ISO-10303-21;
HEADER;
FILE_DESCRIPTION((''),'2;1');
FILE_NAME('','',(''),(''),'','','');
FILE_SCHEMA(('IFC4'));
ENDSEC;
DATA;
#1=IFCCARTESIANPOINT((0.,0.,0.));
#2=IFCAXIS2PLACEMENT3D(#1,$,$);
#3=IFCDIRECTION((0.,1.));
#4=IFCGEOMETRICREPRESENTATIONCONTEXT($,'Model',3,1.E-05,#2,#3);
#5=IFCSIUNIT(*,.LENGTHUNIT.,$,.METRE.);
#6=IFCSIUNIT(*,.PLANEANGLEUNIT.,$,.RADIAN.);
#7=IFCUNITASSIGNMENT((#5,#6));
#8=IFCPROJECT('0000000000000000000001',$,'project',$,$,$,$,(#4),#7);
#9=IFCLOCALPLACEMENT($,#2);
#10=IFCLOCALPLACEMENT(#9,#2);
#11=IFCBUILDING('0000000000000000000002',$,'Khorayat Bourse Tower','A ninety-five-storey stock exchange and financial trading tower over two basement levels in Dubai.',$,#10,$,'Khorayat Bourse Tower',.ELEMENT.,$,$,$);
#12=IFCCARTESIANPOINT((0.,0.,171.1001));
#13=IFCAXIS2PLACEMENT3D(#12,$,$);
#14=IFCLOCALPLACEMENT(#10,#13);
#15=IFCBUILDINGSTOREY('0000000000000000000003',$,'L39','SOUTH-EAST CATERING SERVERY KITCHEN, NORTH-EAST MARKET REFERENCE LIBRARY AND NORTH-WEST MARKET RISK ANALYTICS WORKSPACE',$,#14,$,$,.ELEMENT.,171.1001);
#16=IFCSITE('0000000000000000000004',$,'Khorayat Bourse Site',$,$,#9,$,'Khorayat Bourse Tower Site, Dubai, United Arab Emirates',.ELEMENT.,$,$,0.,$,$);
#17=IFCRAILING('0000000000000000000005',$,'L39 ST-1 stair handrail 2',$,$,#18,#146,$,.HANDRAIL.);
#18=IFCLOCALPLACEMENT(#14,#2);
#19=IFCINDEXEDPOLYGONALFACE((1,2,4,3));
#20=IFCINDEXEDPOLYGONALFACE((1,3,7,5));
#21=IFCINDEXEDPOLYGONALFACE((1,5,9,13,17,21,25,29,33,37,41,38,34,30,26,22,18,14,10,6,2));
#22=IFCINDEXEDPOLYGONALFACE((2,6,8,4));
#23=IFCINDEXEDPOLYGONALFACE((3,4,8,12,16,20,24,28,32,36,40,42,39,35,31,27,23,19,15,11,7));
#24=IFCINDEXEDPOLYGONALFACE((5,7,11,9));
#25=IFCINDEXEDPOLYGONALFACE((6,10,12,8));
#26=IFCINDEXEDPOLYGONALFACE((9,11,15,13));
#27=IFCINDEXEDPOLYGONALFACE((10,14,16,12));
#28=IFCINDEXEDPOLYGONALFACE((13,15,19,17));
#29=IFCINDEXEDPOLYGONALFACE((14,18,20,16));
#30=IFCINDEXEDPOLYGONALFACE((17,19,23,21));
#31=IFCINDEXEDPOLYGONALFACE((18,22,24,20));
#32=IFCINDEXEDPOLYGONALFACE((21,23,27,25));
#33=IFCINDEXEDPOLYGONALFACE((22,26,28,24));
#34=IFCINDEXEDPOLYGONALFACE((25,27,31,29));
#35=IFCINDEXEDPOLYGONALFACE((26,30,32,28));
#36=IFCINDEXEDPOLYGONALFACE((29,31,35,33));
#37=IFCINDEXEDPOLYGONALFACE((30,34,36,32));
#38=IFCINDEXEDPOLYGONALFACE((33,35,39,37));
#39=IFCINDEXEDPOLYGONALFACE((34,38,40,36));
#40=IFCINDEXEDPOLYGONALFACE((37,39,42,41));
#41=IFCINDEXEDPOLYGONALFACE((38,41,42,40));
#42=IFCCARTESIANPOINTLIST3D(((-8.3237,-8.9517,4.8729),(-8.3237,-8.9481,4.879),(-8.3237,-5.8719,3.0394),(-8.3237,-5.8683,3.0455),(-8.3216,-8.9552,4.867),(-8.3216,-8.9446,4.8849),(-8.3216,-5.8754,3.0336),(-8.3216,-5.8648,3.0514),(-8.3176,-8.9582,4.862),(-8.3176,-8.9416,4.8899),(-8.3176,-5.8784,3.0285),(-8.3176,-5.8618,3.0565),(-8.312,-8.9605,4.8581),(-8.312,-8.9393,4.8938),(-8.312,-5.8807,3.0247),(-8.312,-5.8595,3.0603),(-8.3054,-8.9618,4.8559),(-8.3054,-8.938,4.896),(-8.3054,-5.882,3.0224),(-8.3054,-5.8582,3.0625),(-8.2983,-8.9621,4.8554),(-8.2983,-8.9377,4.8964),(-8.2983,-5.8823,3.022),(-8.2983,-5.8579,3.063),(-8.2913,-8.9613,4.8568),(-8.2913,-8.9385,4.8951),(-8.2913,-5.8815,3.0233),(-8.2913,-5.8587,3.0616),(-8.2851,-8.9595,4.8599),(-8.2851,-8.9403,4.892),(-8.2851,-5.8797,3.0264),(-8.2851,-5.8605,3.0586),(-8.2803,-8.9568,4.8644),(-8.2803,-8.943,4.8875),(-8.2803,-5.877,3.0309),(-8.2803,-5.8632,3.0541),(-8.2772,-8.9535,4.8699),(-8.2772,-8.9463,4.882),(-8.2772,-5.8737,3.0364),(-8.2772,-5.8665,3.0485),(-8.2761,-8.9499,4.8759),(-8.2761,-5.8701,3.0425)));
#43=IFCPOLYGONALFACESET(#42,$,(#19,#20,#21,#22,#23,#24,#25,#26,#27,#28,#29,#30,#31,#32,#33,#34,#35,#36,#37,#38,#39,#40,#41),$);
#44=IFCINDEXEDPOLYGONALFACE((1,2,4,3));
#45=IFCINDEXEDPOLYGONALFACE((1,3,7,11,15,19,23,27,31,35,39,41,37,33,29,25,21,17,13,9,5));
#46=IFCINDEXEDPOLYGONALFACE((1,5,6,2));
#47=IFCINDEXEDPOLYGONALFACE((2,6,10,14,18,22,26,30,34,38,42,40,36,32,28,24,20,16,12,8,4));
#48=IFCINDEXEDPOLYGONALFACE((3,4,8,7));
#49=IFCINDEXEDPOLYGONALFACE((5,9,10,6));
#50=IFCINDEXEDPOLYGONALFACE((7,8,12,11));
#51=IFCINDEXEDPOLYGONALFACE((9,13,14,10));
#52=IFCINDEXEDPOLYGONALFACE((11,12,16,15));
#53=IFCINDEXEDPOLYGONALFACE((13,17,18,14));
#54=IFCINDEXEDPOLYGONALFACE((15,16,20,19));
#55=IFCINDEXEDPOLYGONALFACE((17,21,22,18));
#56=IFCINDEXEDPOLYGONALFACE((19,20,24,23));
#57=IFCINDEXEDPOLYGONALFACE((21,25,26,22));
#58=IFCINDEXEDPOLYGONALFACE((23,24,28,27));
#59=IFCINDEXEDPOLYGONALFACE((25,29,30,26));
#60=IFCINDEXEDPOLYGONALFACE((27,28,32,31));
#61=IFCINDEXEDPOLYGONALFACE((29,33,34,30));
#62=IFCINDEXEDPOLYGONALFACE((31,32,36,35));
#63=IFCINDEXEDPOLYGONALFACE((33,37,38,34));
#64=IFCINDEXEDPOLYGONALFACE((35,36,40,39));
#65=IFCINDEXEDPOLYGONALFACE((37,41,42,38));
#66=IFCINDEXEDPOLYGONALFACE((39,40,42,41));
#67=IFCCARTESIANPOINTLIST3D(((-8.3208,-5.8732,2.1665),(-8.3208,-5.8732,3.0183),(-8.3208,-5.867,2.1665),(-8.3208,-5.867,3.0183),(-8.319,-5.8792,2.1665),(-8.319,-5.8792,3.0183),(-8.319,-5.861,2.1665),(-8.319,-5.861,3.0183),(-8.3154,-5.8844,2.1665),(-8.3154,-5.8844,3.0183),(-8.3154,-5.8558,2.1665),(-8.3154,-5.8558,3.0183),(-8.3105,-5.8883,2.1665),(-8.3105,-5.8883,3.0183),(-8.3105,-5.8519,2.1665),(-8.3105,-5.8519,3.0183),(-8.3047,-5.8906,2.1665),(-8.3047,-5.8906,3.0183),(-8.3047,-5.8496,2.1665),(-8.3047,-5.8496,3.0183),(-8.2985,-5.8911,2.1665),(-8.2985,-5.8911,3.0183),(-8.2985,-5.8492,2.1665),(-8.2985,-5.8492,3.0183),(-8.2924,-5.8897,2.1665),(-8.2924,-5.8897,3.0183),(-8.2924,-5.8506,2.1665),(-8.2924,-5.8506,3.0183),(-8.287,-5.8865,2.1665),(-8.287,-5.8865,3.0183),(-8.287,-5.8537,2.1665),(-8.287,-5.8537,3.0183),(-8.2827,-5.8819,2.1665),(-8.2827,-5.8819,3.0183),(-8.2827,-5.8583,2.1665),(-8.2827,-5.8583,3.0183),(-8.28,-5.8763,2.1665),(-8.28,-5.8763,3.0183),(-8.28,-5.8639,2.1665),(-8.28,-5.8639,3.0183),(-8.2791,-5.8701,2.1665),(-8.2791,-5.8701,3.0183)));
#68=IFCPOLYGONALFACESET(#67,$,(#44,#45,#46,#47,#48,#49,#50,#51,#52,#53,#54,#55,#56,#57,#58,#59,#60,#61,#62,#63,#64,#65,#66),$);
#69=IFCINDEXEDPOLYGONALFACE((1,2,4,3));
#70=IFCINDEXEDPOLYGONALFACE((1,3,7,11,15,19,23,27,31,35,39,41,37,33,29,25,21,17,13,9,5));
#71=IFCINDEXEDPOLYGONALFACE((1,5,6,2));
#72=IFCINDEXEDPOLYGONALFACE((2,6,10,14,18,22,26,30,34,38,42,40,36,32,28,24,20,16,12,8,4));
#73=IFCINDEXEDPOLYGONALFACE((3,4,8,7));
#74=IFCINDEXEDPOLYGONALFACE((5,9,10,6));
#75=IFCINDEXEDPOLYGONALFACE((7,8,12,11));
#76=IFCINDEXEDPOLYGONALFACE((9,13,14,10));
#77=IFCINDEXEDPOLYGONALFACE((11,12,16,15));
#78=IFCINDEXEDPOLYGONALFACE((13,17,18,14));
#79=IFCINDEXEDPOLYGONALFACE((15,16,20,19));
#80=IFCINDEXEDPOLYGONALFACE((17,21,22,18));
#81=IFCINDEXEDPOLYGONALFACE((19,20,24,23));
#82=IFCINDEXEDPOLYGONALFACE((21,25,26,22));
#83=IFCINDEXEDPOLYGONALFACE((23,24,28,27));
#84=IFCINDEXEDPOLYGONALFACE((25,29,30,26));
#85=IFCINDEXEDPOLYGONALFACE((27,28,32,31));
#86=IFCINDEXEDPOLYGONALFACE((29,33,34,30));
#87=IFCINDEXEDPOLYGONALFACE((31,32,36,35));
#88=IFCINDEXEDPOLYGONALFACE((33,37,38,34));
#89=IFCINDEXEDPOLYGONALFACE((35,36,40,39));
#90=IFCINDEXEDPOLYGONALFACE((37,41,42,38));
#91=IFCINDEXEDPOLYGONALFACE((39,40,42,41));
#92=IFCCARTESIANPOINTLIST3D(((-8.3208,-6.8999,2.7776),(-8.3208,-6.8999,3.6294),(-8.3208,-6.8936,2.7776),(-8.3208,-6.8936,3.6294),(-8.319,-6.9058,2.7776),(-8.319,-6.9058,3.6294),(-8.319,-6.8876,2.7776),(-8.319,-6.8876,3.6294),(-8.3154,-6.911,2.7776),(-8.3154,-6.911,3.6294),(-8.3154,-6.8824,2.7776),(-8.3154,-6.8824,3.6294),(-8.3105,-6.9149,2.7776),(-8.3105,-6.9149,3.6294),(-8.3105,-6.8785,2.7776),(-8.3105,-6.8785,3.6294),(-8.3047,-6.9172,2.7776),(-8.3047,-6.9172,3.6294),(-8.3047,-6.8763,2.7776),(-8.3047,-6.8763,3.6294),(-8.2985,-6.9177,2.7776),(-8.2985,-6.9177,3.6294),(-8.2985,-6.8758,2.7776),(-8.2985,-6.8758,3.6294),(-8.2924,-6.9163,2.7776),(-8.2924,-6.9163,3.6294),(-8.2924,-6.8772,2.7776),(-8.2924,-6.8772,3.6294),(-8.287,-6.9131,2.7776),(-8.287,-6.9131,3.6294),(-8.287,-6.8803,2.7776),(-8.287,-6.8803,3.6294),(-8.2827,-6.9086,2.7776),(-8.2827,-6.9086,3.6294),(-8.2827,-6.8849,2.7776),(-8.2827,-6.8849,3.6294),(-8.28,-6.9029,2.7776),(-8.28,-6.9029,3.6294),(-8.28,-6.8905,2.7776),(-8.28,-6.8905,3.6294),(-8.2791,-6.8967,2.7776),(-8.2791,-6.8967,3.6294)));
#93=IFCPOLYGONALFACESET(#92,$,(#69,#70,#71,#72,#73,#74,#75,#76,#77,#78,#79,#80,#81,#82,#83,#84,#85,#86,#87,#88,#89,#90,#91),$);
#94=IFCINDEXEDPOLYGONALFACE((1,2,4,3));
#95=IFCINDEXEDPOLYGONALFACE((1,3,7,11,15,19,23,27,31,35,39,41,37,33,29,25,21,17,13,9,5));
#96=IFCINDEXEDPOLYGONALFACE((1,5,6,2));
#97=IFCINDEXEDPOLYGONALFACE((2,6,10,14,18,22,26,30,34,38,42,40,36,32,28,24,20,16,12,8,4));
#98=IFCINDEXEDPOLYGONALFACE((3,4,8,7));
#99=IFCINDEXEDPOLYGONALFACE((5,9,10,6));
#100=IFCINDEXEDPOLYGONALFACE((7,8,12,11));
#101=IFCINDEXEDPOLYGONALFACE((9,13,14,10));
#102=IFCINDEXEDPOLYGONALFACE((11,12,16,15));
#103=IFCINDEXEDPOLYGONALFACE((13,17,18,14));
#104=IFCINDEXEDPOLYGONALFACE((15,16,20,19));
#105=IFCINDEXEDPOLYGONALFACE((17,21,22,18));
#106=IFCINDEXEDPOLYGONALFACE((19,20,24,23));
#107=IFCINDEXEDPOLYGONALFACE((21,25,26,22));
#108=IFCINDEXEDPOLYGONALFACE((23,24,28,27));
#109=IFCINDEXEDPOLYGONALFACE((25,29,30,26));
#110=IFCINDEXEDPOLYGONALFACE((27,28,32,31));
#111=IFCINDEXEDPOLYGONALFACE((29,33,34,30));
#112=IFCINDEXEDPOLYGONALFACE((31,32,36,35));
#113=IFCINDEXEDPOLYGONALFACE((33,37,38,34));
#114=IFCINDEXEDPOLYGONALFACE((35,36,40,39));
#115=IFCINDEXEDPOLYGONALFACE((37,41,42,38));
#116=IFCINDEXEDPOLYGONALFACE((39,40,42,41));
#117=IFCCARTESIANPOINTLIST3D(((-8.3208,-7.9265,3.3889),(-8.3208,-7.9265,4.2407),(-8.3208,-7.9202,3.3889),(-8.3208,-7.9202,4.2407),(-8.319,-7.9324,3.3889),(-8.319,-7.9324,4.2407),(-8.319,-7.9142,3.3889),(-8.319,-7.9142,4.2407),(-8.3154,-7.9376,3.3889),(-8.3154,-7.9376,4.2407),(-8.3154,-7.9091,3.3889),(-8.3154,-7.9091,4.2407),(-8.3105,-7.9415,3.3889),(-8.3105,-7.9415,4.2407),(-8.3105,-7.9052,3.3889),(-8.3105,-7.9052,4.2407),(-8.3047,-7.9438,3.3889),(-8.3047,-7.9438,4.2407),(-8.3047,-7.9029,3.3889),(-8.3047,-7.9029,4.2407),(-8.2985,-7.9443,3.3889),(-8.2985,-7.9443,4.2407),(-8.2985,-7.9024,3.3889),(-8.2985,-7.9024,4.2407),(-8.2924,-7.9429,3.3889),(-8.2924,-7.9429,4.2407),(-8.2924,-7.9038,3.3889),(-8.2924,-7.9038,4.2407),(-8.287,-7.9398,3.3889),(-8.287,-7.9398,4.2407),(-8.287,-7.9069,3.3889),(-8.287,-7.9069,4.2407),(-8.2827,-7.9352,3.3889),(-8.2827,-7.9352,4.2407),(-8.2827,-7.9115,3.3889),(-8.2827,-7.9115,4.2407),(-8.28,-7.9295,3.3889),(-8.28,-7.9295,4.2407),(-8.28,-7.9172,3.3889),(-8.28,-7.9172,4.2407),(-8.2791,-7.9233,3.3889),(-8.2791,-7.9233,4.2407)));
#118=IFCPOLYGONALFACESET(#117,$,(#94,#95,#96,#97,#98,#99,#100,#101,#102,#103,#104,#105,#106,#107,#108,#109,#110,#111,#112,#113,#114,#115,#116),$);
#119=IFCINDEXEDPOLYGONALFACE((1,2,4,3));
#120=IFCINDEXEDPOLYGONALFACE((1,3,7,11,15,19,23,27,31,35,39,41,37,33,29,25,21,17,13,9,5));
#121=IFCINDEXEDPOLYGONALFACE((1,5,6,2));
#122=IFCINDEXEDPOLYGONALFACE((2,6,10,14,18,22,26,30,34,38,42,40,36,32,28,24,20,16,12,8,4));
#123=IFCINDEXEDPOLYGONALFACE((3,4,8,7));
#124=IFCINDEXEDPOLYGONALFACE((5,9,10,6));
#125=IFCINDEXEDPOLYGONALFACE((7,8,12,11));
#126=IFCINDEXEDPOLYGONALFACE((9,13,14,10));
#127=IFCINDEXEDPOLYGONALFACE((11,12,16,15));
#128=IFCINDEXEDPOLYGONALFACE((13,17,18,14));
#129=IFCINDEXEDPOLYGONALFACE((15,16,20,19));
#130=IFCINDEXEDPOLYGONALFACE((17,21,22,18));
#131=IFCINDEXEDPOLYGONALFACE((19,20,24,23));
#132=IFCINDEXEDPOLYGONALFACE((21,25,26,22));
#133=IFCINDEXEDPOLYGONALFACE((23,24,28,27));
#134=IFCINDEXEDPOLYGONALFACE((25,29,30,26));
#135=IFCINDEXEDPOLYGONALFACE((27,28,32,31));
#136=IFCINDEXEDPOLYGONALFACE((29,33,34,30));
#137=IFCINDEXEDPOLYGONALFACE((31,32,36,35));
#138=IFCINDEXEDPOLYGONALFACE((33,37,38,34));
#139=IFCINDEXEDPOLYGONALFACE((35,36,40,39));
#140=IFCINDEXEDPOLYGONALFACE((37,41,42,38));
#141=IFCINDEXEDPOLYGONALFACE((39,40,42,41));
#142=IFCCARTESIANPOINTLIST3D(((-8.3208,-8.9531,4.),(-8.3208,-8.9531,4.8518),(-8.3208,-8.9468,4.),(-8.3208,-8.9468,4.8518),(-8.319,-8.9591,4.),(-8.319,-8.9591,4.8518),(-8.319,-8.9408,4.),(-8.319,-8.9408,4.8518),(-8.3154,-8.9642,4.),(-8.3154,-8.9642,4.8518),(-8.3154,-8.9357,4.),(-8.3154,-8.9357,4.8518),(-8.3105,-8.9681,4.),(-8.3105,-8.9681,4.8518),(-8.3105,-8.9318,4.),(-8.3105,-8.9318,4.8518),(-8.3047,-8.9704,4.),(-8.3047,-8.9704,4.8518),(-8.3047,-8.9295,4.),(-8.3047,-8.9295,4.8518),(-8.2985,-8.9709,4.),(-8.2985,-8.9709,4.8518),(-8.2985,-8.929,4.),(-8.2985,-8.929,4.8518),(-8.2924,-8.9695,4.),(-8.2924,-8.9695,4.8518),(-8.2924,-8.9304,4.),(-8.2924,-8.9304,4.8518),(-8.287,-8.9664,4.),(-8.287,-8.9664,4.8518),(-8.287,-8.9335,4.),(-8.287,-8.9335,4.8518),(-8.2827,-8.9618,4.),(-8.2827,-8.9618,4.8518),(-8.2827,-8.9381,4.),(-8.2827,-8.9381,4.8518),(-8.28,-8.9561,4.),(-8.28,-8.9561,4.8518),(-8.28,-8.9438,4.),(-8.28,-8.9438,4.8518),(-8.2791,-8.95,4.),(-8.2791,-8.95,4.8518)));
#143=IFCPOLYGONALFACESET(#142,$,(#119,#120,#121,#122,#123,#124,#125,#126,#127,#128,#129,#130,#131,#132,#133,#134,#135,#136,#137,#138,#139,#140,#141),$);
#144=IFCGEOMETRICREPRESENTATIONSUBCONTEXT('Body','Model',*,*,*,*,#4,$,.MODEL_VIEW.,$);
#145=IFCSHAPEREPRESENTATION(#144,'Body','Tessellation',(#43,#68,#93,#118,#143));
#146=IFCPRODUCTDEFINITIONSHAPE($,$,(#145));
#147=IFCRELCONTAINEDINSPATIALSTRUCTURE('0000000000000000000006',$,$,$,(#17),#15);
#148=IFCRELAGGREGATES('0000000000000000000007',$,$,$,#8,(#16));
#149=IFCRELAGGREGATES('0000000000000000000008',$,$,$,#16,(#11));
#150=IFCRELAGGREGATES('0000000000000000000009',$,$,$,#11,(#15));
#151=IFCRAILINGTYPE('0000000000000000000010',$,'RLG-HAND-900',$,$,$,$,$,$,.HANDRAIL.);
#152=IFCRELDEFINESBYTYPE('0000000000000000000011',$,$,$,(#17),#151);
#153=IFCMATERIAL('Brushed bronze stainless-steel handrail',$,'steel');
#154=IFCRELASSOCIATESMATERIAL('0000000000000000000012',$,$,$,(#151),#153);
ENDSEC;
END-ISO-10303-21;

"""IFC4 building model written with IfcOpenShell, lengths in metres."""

from ifc_helpers import new_model, si_unit, direction, frame, origin, origin_2d, place, context, subcontext, project, spatial, circle, extrude, source, transform, mapped, material, type_object, element, save


model = new_model("IFC4")

# Units and contexts
model_context = context("Model", 3, precision=1e-05, world=origin(), true_north=direction((0.0, 1.0)))
body_context = subcontext(model_context, "Body", "Model", "MODEL_VIEW")
ifc_project = project(units=[si_unit("LENGTHUNIT", "METRE"), si_unit("PLANEANGLEUNIT", "RADIAN")], contexts=[model_context])

# Site, building, storey
site_placement = place(None, origin())
site = spatial("IfcSite", under=ifc_project, at=site_placement, Name="Khorayat Bourse Site", LongName="Khorayat Bourse Tower Site, Dubai, United Arab Emirates", CompositionType="ELEMENT", RefElevation=0.0)
building_placement = place(site_placement, origin())
building = spatial("IfcBuilding", under=site, at=building_placement, Name="Khorayat Bourse Tower", Description="A ninety-five-storey stock exchange and financial trading tower over two basement levels in Dubai.", LongName="Khorayat Bourse Tower", CompositionType="ELEMENT")
storey_placement = place(building_placement, frame((0.0, 0.0, 171.1001)))
storey = spatial("IfcBuildingStorey", under=building, at=storey_placement, Name="L39", Description="SOUTH-EAST CATERING SERVERY KITCHEN, NORTH-EAST MARKET REFERENCE LIBRARY AND NORTH-WEST MARKET RISK ANALYTICS WORKSPACE", CompositionType="ELEMENT", Elevation=171.1001)

# Railing
ifc_material_1 = material(Name="Brushed bronze stainless-steel handrail", Category="steel")
railing_type_1 = type_object("IfcRailingType", Name="RLG-HAND-900", PredefinedType="HANDRAIL", material=ifc_material_1)
shared_shape_1 = source(origin(), body_context, "Body", "SweptSolid", [
    extrude(circle(Radius=0.0239, at=origin_2d()), frame((0.0, 0.0, 0.876), z_axis=(0.0, -0.859261, 0.511538), x_axis=(1.0, 0.0, 0.0)), (0.0, 0.0, 1.0), 3.5842),
    extrude(circle(Radius=0.021, at=origin_2d()), origin(), (0.0, 0.0, 1.0), 0.8518),
    extrude(circle(Radius=0.021, at=origin_2d()), frame((0.0, -1.0266, 0.6111)), (0.0, 0.0, 1.0), 0.8518),
    extrude(circle(Radius=0.021, at=origin_2d()), frame((0.0, -2.0532, 1.2224)), (0.0, 0.0, 1.0), 0.8518),
    extrude(circle(Radius=0.021, at=origin_2d()), frame((0.0, -3.0798, 1.8335)), (0.0, 0.0, 1.0), 0.8518),
])
railing_1_placement = place(storey_placement, frame((-8.3, -5.8701, 2.1665)))
element("IfcRailing", 1, at=railing_1_placement, inside=storey, type_object=railing_type_1, Name="L39 ST-1 stair handrail 2", PredefinedType="HANDRAIL", context=body_context, shape_type="MappedRepresentation", body=[
    mapped(shared_shape_1, transform((0.0, 0.0, 0.0), scale=1.0)),
])

save(model, "model.ifc")
